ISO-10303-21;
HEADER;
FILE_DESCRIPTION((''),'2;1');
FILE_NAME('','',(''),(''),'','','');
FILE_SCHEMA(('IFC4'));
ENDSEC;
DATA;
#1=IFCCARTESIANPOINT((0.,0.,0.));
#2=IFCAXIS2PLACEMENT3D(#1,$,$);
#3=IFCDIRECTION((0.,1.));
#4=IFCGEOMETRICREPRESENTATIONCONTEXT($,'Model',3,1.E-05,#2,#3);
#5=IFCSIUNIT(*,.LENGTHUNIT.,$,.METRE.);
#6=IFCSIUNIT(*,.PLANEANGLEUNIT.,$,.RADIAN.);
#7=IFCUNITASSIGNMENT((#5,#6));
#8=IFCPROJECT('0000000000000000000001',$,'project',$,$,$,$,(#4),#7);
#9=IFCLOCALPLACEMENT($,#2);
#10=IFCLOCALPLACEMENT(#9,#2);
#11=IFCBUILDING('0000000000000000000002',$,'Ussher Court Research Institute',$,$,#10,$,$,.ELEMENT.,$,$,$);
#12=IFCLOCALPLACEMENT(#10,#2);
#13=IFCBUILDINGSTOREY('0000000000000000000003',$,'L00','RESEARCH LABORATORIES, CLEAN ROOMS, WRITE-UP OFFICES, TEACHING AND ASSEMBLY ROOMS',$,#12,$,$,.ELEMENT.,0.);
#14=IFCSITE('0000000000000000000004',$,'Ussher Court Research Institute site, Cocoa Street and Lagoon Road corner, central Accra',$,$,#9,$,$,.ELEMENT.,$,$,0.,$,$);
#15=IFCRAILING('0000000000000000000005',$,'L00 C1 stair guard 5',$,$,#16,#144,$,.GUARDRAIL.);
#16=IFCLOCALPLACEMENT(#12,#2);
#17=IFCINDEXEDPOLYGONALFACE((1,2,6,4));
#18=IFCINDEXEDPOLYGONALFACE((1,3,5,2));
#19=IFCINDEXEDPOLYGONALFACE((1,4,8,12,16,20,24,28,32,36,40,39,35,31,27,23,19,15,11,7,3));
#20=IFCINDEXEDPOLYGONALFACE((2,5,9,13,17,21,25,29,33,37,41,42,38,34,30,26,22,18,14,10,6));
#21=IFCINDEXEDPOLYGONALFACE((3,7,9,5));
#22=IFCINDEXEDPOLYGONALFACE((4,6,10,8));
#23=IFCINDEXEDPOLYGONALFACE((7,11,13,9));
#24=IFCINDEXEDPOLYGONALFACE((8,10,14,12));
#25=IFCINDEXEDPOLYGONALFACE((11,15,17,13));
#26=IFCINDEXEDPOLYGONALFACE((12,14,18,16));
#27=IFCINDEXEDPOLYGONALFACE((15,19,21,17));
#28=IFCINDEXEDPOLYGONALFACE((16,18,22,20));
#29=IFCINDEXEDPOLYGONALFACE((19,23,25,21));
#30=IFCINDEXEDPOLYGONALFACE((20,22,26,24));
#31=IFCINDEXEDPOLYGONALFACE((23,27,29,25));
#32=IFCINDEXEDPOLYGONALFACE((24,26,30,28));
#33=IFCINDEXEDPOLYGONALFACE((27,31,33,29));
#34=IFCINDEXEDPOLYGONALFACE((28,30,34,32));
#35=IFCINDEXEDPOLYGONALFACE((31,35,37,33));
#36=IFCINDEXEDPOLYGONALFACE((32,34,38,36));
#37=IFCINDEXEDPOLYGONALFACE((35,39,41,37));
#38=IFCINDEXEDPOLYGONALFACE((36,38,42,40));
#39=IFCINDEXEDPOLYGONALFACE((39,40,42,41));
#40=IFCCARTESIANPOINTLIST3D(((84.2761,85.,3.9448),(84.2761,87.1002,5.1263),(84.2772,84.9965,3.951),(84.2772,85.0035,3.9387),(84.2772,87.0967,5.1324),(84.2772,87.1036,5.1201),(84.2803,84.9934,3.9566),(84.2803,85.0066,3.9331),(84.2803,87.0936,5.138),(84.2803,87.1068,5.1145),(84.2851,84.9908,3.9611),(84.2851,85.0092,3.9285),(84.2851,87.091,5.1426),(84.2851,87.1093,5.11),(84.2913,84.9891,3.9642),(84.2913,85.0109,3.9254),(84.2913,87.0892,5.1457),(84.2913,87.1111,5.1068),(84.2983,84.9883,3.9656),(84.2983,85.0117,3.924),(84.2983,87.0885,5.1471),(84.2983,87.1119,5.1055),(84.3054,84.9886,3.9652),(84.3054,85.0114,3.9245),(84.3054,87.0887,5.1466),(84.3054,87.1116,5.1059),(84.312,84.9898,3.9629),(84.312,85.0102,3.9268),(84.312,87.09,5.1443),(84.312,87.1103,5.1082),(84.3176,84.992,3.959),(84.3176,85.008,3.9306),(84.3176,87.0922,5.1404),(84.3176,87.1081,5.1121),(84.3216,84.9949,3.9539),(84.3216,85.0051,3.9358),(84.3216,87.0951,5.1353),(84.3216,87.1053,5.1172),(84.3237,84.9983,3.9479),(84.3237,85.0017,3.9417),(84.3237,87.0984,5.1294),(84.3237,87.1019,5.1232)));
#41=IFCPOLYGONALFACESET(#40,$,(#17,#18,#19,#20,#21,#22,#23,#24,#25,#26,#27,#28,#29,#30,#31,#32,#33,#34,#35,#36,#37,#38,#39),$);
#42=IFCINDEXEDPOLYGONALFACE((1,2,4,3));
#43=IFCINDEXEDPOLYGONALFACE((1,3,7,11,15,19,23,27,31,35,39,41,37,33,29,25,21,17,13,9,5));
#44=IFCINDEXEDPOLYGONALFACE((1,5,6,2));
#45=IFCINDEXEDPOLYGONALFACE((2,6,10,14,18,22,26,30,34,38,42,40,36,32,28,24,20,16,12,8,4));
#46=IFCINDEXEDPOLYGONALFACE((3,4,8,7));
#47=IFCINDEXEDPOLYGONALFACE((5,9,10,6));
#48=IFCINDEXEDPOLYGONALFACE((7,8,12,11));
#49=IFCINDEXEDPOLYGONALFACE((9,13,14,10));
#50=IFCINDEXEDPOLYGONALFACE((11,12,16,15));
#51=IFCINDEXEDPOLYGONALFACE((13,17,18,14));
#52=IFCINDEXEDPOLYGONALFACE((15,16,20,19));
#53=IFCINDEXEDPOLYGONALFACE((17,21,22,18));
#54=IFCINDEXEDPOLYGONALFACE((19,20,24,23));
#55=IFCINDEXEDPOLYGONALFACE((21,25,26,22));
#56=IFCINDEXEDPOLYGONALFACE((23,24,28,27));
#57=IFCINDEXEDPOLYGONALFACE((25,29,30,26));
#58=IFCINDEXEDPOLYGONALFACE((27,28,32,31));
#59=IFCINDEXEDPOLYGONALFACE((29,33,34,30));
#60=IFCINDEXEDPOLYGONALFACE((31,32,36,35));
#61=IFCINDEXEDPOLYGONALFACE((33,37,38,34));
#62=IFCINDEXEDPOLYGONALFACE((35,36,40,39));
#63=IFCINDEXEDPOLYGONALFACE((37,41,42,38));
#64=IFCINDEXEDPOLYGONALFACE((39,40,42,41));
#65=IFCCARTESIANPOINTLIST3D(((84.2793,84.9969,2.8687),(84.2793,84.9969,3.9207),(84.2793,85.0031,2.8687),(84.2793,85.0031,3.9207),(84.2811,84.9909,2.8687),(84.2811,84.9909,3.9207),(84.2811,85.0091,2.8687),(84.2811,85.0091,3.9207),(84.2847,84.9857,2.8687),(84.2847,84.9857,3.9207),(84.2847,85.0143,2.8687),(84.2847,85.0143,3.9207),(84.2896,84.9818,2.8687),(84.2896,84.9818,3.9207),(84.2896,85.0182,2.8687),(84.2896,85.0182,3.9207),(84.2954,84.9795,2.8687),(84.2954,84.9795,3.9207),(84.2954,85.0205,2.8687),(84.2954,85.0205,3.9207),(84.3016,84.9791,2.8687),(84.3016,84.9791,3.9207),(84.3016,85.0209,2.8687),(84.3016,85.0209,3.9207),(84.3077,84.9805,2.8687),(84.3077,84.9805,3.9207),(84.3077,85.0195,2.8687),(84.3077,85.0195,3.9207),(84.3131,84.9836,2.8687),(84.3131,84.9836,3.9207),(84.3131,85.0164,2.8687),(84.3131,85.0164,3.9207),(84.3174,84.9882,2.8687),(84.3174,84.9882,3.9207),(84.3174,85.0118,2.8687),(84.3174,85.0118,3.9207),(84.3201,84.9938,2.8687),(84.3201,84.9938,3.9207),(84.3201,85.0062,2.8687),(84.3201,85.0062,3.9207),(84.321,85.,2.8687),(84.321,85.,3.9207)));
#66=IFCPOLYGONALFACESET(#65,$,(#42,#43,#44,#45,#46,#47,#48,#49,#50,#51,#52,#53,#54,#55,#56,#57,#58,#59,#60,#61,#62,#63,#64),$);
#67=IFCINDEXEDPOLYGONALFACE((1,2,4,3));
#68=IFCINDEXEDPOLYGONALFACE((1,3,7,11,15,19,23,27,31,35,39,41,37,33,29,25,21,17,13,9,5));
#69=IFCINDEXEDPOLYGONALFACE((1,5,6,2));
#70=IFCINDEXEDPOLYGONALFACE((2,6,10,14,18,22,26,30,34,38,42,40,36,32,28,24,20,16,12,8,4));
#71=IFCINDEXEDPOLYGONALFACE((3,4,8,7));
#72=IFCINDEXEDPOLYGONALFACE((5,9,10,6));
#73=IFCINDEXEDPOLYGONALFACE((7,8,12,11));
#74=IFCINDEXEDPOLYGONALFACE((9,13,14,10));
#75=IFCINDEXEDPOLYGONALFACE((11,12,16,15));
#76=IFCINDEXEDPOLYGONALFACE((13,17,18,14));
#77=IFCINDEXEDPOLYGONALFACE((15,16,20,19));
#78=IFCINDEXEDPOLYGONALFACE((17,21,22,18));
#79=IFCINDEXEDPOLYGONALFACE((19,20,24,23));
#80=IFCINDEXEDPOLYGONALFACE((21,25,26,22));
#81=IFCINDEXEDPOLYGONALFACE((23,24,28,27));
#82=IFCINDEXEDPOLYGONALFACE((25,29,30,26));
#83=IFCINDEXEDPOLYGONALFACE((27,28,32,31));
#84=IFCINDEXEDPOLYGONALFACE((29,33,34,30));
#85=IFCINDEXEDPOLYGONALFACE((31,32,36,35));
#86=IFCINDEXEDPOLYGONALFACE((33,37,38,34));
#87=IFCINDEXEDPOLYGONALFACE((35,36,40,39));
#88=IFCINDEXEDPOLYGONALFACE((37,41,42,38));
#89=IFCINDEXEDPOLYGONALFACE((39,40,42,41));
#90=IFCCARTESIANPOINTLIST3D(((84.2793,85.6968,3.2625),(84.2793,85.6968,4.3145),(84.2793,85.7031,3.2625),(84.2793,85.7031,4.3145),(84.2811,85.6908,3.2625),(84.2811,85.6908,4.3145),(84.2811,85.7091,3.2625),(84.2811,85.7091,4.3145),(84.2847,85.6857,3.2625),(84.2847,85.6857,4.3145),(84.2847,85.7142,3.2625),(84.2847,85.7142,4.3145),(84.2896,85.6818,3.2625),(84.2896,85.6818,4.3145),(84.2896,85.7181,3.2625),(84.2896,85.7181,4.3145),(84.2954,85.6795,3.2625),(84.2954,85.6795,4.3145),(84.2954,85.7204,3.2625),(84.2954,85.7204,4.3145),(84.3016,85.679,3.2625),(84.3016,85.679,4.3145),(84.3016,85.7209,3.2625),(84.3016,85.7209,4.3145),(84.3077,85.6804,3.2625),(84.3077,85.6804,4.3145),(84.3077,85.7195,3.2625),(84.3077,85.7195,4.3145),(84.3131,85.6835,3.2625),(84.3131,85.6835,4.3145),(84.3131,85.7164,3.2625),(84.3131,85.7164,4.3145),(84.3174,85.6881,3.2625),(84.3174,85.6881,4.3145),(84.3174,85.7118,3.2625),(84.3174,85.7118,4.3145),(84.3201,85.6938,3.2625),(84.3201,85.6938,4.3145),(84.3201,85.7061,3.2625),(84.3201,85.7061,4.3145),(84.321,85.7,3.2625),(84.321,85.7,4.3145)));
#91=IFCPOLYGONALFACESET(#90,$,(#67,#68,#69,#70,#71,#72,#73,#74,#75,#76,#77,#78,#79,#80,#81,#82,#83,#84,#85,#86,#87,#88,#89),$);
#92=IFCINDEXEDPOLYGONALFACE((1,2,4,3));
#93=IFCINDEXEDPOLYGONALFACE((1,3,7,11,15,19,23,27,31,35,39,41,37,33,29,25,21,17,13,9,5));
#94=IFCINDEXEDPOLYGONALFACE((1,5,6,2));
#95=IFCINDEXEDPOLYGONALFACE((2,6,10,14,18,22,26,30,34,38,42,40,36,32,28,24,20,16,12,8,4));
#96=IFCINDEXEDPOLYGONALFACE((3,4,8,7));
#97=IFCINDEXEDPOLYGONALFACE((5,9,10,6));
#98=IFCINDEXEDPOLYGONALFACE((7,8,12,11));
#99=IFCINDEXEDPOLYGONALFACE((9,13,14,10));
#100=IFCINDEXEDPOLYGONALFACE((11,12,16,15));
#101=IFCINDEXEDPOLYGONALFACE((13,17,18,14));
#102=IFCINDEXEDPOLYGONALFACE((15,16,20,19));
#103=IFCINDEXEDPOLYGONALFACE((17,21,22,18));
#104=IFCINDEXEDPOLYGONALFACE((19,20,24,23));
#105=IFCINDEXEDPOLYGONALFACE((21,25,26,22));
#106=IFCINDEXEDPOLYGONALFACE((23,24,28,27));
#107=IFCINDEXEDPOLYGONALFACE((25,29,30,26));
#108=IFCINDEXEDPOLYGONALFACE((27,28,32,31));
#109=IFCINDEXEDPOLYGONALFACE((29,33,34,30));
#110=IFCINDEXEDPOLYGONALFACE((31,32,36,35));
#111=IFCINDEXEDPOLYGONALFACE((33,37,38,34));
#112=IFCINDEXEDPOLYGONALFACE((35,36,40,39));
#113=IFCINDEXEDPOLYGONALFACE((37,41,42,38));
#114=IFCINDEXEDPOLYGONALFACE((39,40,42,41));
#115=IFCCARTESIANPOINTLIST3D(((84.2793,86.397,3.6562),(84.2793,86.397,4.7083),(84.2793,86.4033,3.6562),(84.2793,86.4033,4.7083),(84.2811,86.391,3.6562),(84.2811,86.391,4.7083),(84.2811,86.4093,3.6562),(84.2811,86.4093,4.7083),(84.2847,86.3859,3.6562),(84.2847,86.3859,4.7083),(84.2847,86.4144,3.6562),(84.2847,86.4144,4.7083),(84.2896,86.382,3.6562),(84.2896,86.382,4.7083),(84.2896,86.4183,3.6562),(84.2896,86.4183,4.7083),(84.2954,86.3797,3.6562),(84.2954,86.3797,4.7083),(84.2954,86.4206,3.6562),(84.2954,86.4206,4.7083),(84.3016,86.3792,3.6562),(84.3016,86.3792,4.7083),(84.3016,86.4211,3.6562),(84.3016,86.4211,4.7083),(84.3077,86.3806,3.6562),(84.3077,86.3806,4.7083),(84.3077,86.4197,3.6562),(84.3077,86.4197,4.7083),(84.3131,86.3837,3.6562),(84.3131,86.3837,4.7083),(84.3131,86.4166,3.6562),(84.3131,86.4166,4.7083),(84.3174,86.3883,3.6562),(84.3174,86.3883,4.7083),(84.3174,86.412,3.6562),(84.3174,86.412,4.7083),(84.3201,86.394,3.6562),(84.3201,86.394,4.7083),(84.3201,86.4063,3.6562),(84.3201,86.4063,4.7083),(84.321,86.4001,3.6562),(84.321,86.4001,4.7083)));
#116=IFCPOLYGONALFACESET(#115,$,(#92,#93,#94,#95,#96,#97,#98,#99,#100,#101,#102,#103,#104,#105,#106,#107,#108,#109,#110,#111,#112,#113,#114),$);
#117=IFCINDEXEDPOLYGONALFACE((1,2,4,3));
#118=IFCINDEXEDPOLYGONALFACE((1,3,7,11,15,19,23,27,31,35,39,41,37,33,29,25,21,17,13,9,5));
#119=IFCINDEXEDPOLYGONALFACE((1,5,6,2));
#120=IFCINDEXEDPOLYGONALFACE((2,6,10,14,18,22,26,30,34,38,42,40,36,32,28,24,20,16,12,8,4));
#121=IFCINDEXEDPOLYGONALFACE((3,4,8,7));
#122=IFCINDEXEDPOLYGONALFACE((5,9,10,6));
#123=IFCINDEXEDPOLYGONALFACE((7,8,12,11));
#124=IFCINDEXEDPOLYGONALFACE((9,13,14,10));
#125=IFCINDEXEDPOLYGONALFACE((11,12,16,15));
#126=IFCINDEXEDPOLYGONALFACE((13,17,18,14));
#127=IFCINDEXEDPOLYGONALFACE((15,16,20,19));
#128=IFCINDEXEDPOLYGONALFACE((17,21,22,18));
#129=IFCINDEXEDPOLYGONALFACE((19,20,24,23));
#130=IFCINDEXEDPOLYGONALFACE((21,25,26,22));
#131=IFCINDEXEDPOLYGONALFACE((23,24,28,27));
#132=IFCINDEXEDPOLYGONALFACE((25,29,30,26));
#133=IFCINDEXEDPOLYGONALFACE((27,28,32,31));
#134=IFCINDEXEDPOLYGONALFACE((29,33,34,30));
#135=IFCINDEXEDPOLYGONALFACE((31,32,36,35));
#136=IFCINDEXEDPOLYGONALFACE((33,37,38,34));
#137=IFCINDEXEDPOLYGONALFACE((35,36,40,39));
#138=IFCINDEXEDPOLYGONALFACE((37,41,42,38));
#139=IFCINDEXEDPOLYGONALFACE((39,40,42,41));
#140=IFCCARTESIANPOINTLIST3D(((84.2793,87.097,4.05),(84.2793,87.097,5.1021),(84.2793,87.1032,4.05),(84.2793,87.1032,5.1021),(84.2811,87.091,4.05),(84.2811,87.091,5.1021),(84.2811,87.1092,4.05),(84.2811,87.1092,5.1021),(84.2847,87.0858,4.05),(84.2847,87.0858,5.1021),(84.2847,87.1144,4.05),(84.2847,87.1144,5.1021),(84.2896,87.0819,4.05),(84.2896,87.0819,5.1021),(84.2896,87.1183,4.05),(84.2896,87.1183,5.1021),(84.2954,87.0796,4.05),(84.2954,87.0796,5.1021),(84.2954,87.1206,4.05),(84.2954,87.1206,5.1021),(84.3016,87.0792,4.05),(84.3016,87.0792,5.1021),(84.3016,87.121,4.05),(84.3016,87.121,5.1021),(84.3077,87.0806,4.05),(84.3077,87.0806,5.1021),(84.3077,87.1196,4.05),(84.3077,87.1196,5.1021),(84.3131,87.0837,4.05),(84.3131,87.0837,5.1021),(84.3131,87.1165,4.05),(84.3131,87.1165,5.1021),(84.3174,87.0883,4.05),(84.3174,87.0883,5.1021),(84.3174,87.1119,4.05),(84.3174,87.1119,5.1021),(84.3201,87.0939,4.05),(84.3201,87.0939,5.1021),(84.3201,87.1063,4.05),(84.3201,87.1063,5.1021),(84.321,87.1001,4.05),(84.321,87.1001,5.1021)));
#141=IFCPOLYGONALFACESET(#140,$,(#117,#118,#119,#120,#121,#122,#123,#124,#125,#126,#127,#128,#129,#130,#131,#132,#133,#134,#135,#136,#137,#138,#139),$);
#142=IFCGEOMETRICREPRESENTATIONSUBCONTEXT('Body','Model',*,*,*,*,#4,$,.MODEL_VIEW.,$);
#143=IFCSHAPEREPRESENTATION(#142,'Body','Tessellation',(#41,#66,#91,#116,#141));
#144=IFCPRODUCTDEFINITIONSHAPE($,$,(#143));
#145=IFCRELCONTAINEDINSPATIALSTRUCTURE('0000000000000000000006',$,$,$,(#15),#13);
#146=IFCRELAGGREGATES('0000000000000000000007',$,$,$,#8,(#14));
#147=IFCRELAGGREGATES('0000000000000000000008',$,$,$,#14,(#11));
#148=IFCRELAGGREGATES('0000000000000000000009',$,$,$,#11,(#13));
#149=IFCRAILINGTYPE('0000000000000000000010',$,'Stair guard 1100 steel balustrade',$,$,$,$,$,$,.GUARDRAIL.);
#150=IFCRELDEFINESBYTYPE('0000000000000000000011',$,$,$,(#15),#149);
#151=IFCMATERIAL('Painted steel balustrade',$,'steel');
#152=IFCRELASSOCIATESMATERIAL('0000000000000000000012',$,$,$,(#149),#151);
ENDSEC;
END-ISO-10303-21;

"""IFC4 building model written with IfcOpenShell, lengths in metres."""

from ifc_helpers import new_model, si_unit, direction, frame, origin, origin_2d, place, context, subcontext, project, spatial, circle, extrude, material, type_object, element, save


model = new_model("IFC4")

# Units and contexts
model_context = context("Model", 3, precision=1e-05, world=origin(), true_north=direction((0.0, 1.0)))
body_context = subcontext(model_context, "Body", "Model", "MODEL_VIEW")
ifc_project = project(units=[si_unit("LENGTHUNIT", "METRE"), si_unit("PLANEANGLEUNIT", "RADIAN")], contexts=[model_context])

# Site, building, storey
site_placement = place(None, origin())
site = spatial("IfcSite", under=ifc_project, at=site_placement, Name="Ussher Court Research Institute site, Cocoa Street and Lagoon Road corner, central Accra", CompositionType="ELEMENT", RefElevation=0.0)
building_placement = place(site_placement, origin())
building = spatial("IfcBuilding", under=site, at=building_placement, Name="Ussher Court Research Institute", CompositionType="ELEMENT")
storey_placement = place(building_placement, origin())
storey = spatial("IfcBuildingStorey", under=building, at=storey_placement, Name="L00", Description="RESEARCH LABORATORIES, CLEAN ROOMS, WRITE-UP OFFICES, TEACHING AND ASSEMBLY ROOMS", CompositionType="ELEMENT", Elevation=0.0)

# Railing
ifc_material_1 = material(Name="Painted steel balustrade", Category="steel")
railing_type_1 = type_object("IfcRailingType", Name="Stair guard 1100 steel balustrade", PredefinedType="GUARDRAIL", material=ifc_material_1)
railing_1_placement = place(storey_placement, frame((84.3, 85.0, 2.8687)))
element("IfcRailing", 1, at=railing_1_placement, inside=storey, type_object=railing_type_1, Name="L00 C1 stair guard 5", PredefinedType="GUARDRAIL", context=body_context, shape_type="SweptSolid", body=[
    extrude(circle(Radius=0.0239, at=origin_2d()), frame((0.0, 0.0, 1.0762), z_axis=(0.0, 0.871559, 0.49029), x_axis=(-1.0, 0.0, 0.0)), (0.0, 0.0, 1.0), 2.4097),
    extrude(circle(Radius=0.021, at=origin_2d()), origin(), (0.0, 0.0, 1.0), 1.052),
    extrude(circle(Radius=0.021, at=origin_2d()), frame((0.0, 0.7, 0.3938)), (0.0, 0.0, 1.0), 1.052),
    extrude(circle(Radius=0.021, at=origin_2d()), frame((0.0, 1.4001, 0.7876)), (0.0, 0.0, 1.0), 1.052),
    extrude(circle(Radius=0.021, at=origin_2d()), frame((0.0, 2.1001, 1.1814)), (0.0, 0.0, 1.0), 1.052),
])

save(model, "model.ifc")
